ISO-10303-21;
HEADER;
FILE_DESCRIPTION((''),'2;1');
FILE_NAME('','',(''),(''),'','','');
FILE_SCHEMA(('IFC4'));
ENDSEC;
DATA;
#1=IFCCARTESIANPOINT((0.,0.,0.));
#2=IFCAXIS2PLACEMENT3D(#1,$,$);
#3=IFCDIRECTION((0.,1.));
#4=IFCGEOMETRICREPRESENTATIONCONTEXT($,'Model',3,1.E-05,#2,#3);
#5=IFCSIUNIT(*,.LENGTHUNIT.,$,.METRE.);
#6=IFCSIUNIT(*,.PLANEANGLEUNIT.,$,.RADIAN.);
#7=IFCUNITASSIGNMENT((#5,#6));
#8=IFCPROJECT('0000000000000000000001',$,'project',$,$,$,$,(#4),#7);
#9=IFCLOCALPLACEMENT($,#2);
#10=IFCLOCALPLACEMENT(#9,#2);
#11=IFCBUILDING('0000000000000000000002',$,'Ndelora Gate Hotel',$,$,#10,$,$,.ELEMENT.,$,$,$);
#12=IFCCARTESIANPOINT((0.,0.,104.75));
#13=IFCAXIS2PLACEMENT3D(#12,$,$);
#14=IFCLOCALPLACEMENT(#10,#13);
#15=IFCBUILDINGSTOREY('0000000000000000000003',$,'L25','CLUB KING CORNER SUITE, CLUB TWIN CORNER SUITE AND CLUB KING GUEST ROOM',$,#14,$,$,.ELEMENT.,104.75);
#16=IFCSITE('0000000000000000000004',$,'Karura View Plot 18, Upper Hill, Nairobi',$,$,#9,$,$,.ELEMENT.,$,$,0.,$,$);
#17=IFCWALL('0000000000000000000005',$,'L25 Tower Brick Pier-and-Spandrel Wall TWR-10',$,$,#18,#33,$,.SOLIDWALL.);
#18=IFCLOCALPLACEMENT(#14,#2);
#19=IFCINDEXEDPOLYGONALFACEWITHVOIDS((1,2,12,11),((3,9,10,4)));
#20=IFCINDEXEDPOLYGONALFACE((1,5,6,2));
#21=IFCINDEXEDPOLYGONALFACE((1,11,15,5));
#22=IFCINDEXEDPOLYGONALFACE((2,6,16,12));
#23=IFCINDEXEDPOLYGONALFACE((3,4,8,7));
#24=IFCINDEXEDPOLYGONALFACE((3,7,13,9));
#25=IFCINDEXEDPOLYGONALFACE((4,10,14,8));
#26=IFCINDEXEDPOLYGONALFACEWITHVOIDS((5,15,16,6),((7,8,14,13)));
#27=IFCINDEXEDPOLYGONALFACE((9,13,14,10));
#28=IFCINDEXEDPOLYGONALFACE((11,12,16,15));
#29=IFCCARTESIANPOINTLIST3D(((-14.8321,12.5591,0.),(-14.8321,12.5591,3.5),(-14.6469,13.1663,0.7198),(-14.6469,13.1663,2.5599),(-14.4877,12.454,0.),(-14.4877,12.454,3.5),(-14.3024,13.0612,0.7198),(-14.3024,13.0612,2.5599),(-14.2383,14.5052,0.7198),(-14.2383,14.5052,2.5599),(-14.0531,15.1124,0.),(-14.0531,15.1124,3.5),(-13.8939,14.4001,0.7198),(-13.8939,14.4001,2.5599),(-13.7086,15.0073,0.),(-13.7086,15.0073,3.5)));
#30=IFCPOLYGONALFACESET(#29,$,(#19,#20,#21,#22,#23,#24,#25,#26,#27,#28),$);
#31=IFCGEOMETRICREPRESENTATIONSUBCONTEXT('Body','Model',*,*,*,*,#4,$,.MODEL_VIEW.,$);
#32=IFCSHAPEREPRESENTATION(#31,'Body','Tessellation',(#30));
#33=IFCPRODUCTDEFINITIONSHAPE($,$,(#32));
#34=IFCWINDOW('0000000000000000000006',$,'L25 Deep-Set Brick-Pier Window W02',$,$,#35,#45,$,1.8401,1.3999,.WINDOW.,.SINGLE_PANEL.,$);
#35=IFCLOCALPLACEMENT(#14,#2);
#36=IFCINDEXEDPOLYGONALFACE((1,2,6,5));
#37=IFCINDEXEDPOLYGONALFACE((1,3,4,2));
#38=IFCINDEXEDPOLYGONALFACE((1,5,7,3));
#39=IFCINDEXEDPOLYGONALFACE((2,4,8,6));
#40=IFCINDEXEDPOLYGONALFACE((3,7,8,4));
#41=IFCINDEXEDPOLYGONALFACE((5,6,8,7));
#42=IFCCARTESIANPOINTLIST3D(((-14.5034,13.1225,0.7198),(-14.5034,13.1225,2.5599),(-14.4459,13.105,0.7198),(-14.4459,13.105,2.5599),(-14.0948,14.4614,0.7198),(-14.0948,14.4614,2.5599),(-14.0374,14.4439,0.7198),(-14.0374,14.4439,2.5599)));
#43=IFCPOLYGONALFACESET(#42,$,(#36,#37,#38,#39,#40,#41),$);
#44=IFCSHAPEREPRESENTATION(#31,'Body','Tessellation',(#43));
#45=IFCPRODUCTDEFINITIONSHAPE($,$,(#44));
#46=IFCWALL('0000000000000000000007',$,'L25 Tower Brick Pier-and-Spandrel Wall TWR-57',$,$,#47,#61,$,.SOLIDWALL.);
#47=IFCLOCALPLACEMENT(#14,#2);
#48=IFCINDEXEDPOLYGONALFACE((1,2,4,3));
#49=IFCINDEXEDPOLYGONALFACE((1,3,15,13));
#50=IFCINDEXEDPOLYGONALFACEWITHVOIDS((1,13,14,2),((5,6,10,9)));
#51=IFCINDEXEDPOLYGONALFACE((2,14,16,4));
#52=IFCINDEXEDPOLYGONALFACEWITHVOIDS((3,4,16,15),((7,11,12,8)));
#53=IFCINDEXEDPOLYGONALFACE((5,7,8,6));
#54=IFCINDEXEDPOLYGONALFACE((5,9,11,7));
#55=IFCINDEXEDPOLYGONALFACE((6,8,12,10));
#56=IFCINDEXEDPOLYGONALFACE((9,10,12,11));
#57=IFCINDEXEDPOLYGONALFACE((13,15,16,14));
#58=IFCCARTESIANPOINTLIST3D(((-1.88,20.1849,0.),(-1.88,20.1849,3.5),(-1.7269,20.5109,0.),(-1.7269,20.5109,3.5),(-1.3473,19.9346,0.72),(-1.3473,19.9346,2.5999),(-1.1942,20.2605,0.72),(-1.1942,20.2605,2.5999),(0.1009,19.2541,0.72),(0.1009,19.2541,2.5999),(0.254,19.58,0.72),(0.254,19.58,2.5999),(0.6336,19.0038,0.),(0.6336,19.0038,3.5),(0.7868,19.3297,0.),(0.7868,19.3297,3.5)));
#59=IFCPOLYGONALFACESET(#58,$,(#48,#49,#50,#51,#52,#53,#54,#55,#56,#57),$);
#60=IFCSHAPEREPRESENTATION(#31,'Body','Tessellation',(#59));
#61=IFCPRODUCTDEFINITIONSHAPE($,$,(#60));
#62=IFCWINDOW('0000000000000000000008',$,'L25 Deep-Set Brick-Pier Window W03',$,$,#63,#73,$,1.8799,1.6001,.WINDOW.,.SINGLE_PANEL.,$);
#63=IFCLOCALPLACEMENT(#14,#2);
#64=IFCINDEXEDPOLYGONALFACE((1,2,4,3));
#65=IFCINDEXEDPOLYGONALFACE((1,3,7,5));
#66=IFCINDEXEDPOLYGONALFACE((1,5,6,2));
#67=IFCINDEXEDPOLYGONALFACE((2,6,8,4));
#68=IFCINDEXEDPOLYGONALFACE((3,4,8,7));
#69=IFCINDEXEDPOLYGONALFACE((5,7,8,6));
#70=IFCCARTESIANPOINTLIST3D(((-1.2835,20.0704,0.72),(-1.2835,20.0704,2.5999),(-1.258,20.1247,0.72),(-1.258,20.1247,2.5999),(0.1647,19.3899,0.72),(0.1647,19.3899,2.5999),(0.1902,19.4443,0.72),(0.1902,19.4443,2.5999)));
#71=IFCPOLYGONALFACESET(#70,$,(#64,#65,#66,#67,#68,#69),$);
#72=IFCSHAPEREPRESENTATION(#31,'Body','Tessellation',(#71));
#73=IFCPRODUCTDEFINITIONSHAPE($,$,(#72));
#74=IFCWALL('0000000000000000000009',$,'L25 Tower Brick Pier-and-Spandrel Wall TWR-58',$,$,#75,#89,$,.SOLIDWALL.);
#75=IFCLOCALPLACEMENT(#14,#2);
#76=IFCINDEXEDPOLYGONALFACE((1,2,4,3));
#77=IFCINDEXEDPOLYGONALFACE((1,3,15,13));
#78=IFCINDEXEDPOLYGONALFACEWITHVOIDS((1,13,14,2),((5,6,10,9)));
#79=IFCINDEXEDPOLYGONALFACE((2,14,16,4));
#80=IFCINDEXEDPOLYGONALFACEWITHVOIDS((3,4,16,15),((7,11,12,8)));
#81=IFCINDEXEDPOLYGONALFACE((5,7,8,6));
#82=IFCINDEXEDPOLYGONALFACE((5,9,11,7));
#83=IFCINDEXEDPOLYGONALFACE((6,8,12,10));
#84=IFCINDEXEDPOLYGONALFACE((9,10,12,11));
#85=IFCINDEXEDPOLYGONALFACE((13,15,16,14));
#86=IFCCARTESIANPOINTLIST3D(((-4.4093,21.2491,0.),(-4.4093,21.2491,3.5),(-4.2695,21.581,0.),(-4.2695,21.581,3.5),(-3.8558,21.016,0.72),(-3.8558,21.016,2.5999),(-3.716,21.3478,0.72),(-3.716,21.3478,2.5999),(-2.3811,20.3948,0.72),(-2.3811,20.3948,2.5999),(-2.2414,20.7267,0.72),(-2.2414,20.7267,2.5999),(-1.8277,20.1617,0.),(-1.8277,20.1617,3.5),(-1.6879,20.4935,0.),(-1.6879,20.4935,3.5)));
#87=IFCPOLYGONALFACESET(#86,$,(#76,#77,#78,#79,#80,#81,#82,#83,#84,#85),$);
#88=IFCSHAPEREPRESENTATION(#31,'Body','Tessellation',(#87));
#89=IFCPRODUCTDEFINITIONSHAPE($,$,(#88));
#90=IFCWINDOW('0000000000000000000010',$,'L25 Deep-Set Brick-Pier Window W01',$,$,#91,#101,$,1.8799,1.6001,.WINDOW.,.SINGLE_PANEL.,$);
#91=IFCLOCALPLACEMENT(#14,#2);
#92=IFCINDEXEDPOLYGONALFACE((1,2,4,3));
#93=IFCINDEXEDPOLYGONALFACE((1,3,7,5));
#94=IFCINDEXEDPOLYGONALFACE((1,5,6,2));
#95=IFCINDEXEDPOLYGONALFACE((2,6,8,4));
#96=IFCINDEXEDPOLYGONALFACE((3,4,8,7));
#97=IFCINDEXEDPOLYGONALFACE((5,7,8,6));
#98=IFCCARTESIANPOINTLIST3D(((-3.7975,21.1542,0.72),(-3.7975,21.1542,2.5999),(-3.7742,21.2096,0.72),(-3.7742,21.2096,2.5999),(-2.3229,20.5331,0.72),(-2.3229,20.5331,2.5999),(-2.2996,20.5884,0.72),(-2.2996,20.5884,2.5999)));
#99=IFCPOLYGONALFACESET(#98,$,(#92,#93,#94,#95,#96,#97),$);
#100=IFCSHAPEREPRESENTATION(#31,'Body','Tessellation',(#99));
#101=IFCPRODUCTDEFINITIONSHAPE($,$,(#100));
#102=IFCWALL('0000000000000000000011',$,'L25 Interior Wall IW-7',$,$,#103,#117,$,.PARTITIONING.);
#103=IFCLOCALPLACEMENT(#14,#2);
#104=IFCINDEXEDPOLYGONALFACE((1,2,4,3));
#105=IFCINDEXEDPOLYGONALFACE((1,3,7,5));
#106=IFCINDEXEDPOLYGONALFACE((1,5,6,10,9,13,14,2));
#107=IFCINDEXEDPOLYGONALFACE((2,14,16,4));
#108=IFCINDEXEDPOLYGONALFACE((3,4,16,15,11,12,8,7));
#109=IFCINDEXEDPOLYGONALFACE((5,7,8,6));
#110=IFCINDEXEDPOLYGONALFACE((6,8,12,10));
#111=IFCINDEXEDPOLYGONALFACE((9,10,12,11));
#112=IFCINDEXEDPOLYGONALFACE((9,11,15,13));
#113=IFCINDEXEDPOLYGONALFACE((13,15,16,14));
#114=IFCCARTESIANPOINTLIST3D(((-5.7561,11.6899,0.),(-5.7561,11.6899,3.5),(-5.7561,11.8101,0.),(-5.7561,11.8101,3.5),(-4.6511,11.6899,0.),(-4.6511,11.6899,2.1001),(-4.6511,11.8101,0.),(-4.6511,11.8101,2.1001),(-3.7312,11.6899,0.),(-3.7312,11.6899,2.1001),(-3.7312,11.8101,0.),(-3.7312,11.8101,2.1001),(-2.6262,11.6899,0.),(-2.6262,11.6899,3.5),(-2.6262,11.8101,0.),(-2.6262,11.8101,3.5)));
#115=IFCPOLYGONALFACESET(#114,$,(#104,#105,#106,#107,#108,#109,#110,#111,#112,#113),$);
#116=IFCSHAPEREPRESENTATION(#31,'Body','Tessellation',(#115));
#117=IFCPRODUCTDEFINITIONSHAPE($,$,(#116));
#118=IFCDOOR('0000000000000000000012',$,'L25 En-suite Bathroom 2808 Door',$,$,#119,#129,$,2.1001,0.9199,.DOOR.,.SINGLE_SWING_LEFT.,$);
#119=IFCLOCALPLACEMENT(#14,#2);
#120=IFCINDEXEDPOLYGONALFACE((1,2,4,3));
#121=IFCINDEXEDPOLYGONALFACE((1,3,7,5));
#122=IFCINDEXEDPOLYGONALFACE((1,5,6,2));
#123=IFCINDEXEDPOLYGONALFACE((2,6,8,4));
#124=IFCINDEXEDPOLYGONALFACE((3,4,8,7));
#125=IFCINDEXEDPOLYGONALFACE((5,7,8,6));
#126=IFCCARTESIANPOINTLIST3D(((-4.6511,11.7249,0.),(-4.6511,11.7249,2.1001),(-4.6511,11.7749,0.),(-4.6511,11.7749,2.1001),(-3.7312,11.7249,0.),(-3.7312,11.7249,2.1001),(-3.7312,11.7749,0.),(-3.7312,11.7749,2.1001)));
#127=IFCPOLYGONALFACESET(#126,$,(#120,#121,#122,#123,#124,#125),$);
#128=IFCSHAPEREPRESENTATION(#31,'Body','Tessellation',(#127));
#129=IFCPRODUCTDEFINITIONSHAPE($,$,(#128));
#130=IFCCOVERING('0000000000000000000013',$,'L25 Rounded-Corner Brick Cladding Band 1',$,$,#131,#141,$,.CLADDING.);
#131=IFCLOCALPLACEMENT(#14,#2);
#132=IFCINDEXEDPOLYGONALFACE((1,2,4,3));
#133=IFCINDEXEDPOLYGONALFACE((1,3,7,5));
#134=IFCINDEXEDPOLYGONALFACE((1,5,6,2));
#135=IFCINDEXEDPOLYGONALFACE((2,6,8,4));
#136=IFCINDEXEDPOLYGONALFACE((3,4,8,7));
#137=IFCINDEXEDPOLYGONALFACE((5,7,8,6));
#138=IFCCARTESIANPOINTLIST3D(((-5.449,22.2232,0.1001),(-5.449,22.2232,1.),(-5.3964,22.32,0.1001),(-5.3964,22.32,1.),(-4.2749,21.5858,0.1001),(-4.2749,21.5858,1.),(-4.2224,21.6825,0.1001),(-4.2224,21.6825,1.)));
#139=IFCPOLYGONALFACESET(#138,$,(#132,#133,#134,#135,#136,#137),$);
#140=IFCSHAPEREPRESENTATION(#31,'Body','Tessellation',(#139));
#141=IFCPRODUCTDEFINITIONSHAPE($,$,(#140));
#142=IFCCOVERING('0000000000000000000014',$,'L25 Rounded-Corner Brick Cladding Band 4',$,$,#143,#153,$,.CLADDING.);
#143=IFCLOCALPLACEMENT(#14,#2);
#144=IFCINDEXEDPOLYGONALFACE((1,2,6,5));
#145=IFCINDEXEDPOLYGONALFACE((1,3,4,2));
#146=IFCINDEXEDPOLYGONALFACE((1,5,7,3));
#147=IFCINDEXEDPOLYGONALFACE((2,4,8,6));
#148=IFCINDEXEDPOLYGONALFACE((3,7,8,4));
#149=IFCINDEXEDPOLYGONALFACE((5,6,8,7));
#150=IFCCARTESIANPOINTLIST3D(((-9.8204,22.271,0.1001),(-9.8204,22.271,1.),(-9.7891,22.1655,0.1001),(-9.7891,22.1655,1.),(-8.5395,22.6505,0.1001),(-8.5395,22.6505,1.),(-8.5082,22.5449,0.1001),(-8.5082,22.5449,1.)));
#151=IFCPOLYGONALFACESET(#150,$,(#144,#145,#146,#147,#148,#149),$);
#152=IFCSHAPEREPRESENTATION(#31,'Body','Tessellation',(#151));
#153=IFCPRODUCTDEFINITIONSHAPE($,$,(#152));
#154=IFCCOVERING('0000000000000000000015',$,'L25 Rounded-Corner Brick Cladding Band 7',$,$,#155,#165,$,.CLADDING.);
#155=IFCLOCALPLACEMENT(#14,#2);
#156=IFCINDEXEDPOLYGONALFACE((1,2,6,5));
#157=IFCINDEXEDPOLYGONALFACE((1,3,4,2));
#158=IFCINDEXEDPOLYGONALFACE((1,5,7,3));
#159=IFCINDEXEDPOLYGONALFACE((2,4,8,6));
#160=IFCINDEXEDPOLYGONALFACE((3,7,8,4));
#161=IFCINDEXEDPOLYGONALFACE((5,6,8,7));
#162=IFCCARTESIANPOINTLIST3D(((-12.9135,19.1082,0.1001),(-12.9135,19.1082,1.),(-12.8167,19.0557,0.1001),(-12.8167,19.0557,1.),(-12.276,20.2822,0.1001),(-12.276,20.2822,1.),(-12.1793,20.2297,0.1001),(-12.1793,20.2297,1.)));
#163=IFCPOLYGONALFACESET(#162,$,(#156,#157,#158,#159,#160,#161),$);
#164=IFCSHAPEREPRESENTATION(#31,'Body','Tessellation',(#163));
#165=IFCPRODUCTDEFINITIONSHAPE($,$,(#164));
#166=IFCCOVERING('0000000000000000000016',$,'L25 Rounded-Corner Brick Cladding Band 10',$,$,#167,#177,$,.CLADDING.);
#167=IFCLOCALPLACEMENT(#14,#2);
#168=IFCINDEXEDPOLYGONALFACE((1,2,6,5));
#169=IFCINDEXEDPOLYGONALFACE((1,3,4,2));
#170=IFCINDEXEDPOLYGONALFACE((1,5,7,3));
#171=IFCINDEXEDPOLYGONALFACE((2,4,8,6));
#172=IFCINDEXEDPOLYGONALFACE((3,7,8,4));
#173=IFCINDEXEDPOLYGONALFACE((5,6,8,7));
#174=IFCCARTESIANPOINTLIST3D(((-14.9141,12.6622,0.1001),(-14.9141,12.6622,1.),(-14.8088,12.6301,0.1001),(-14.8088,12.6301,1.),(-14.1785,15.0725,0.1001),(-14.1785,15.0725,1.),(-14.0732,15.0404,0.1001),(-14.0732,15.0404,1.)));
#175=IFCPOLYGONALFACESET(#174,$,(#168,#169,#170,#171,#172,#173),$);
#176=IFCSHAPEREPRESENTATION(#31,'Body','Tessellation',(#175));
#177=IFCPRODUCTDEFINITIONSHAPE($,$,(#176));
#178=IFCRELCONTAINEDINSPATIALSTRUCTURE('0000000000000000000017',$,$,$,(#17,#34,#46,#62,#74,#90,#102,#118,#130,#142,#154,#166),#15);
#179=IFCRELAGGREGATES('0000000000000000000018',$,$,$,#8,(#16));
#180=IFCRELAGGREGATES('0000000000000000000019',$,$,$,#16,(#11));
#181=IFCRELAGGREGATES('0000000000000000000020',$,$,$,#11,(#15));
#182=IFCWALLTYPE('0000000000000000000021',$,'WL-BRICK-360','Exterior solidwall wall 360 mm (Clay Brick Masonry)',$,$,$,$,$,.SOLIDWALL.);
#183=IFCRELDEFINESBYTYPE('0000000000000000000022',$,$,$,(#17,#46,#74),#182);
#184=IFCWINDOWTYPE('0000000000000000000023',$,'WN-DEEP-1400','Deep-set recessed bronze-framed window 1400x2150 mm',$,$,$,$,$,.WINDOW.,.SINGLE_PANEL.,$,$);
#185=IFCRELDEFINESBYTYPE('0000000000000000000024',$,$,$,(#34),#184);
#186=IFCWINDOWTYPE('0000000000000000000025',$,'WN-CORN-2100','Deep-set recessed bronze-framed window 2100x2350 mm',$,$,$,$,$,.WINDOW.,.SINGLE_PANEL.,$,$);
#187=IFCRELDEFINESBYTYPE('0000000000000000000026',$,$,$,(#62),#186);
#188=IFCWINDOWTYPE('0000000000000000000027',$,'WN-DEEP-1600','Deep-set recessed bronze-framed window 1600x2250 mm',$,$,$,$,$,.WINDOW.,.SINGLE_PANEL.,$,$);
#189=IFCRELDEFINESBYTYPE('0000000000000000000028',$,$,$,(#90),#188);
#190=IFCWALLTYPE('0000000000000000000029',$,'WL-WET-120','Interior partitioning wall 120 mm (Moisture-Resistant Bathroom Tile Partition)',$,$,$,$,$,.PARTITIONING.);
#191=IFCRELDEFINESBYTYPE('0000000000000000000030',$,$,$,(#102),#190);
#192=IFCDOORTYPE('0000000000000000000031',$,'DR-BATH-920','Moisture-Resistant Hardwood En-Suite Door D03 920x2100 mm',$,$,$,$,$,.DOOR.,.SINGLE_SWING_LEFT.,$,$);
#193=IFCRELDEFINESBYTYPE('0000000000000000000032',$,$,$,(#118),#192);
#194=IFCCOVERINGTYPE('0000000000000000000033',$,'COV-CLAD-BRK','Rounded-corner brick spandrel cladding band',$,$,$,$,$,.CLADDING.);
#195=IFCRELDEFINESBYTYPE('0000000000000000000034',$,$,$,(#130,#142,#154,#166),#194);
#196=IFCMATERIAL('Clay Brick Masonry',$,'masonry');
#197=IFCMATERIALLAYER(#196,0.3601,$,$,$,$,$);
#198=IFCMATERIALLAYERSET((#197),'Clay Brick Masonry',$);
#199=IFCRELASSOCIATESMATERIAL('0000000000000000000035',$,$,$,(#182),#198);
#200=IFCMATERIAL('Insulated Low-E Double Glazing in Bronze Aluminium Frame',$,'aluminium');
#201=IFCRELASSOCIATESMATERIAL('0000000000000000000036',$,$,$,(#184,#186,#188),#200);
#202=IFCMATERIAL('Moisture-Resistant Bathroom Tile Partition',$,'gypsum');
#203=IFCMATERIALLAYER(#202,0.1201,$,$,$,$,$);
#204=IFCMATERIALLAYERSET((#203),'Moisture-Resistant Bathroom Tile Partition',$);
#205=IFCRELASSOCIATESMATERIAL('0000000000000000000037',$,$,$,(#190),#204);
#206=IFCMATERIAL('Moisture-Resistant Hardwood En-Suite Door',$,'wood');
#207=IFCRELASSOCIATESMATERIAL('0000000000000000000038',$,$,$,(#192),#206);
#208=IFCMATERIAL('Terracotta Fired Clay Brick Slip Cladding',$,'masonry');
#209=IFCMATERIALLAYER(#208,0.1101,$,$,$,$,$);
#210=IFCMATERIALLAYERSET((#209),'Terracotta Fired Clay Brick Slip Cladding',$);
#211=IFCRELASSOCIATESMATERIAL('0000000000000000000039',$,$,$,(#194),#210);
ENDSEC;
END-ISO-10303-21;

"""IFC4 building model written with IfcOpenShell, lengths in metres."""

from ifc_helpers import new_model, si_unit, direction, frame, frame_2d, origin, origin_2d, place, context, subcontext, project, spatial, rectangle, extrude, material, layer, layer_set, type_object, element, fill, save


model = new_model("IFC4")

# Units and contexts
model_context = context("Model", 3, precision=1e-05, world=origin(), true_north=direction((0.0, 1.0)))
body_context = subcontext(model_context, "Body", "Model", "MODEL_VIEW")
ifc_project = project(units=[si_unit("LENGTHUNIT", "METRE"), si_unit("PLANEANGLEUNIT", "RADIAN")], contexts=[model_context])

# Site, building, storey
site_placement = place(None, origin())
site = spatial("IfcSite", under=ifc_project, at=site_placement, Name="Karura View Plot 18, Upper Hill, Nairobi", CompositionType="ELEMENT", RefElevation=0.0)
building_placement = place(site_placement, origin())
building = spatial("IfcBuilding", under=site, at=building_placement, Name="Ndelora Gate Hotel", CompositionType="ELEMENT")
storey_placement = place(building_placement, frame((0.0, 0.0, 104.75)))
storey = spatial("IfcBuildingStorey", under=building, at=storey_placement, Name="L25", Description="CLUB KING CORNER SUITE, CLUB TWIN CORNER SUITE AND CLUB KING GUEST ROOM", CompositionType="ELEMENT", Elevation=104.75)

# Shared definitions
ifc_material_1 = material(Name="Clay Brick Masonry", Category="masonry")
ifc_layer_1 = layer(ifc_material_1, 0.3601)
ifc_layer_set_1 = layer_set([ifc_layer_1], Name="Clay Brick Masonry")
wall_type_1 = type_object("IfcWallType", Name="WL-BRICK-360", Description="Exterior solidwall wall 360 mm (Clay Brick Masonry)", PredefinedType="SOLIDWALL", material=ifc_layer_set_1)

# Walls, openings, windows
ifc_material_2 = material(Name="Insulated Low-E Double Glazing in Bronze Aluminium Frame", Category="aluminium")
window_type_1 = type_object("IfcWindowType", Name="WN-DEEP-1400", Description="Deep-set recessed bronze-framed window 1400x2150 mm", PartitioningType="SINGLE_PANEL", PredefinedType="WINDOW", material=ifc_material_2)
wall_1_placement = place(storey_placement, frame((-14.6599, 12.5066, 0.0), z_axis=(0.0, 0.0, 1.0), x_axis=(0.291842, 0.956467, 0.0)))
wall_1 = element("IfcWall", 1, at=wall_1_placement, inside=storey, type_object=wall_type_1, Name="L25 Tower Brick Pier-and-Spandrel Wall TWR-10", PredefinedType="SOLIDWALL", context=body_context, shape_type="SweptSolid", body=[
    extrude(rectangle(XDim=2.6694, YDim=0.3601, at=frame_2d((1.3347, 0.0))), origin(), (0.0, 0.0, 1.0), 3.5),
])
opening_1_placement = place(wall_1_placement, frame((0.6348, 0.0, 0.72)))
opening_1 = element("IfcOpeningElement", 2, at=opening_1_placement, cuts=wall_1, PredefinedType="OPENING", context=body_context, shape_type="SweptSolid", body=[
    extrude(rectangle(XDim=1.3999, YDim=1.8401, at=frame_2d((0.7, 0.9199))), frame((0.0, 0.1899, 0.0), z_axis=(0.0, -1.0, 0.0), x_axis=(1.0, 0.0, 0.0)), (0.0, 0.0, 1.0), 0.3801),
])
window_1_placement = place(opening_1_placement, origin())
window_1 = element("IfcWindow", 3, at=window_1_placement, inside=storey, type_object=window_type_1, Name="L25 Deep-Set Brick-Pier Window W02", OverallHeight=1.8401, OverallWidth=1.3999, PartitioningType="SINGLE_PANEL", PredefinedType="WINDOW", context=body_context, shape_type="SweptSolid", body=[
    extrude(rectangle(XDim=1.3999, YDim=1.8401, at=frame_2d((0.7, 0.9199))), frame((0.0, 0.03, 0.0), z_axis=(0.0, -1.0, 0.0), x_axis=(1.0, 0.0, 0.0)), (0.0, 0.0, 1.0), 0.0601),
])
fill(opening_1, window_1)
wall_2_placement = place(storey_placement, frame((-1.8035, 20.3479, 0.0), z_axis=(0.0, 0.0, 1.0), x_axis=(0.905062, -0.42528, 0.0)))
wall_2 = element("IfcWall", 4, at=wall_2_placement, inside=storey, type_object=wall_type_1, Name="L25 Tower Brick Pier-and-Spandrel Wall TWR-57", PredefinedType="SOLIDWALL", context=body_context, shape_type="SweptSolid", body=[
    extrude(rectangle(XDim=2.7773, YDim=0.3601, at=frame_2d((1.3887, 0.0))), origin(), (0.0, 0.0, 1.0), 3.5),
])
opening_2_placement = place(wall_2_placement, frame((0.5886, 0.0, 0.72)))
opening_2 = element("IfcOpeningElement", 5, at=opening_2_placement, cuts=wall_2, PredefinedType="OPENING", context=body_context, shape_type="SweptSolid", body=[
    extrude(rectangle(XDim=1.6001, YDim=1.8799, at=frame_2d((0.8, 0.9399))), frame((0.0, 0.1899, 0.0), z_axis=(0.0, -1.0, 0.0), x_axis=(1.0, 0.0, 0.0)), (0.0, 0.0, 1.0), 0.3801),
])
window_type_2 = type_object("IfcWindowType", Name="WN-CORN-2100", Description="Deep-set recessed bronze-framed window 2100x2350 mm", PartitioningType="SINGLE_PANEL", PredefinedType="WINDOW", material=ifc_material_2)
window_2_placement = place(opening_2_placement, origin())
window_2 = element("IfcWindow", 6, at=window_2_placement, inside=storey, type_object=window_type_2, Name="L25 Deep-Set Brick-Pier Window W03", OverallHeight=1.8799, OverallWidth=1.6001, PartitioningType="SINGLE_PANEL", PredefinedType="WINDOW", context=body_context, shape_type="SweptSolid", body=[
    extrude(rectangle(XDim=1.6001, YDim=1.8799, at=frame_2d((0.8, 0.9399))), frame((0.0, 0.03, 0.0), z_axis=(0.0, -1.0, 0.0), x_axis=(1.0, 0.0, 0.0)), (0.0, 0.0, 1.0), 0.0601),
])
fill(opening_2, window_2)
wall_3_placement = place(storey_placement, frame((-4.3394, 21.415, 0.0), z_axis=(0.0, 0.0, 1.0), x_axis=(0.92158, -0.388189, 0.0)))
wall_3 = element("IfcWall", 7, at=wall_3_placement, inside=storey, type_object=wall_type_1, Name="L25 Tower Brick Pier-and-Spandrel Wall TWR-58", PredefinedType="SOLIDWALL", context=body_context, shape_type="SweptSolid", body=[
    extrude(rectangle(XDim=2.8013, YDim=0.3601, at=frame_2d((1.4006, 0.0))), origin(), (0.0, 0.0, 1.0), 3.5),
])
opening_3_placement = place(wall_3_placement, frame((0.6006, 0.0, 0.72)))
opening_3 = element("IfcOpeningElement", 8, at=opening_3_placement, cuts=wall_3, PredefinedType="OPENING", context=body_context, shape_type="SweptSolid", body=[
    extrude(rectangle(XDim=1.6001, YDim=1.8799, at=frame_2d((0.8, 0.9399))), frame((0.0, 0.1899, 0.0), z_axis=(0.0, -1.0, 0.0), x_axis=(1.0, 0.0, 0.0)), (0.0, 0.0, 1.0), 0.3801),
])
window_type_3 = type_object("IfcWindowType", Name="WN-DEEP-1600", Description="Deep-set recessed bronze-framed window 1600x2250 mm", PartitioningType="SINGLE_PANEL", PredefinedType="WINDOW", material=ifc_material_2)
window_3_placement = place(opening_3_placement, origin())
window_3 = element("IfcWindow", 9, at=window_3_placement, inside=storey, type_object=window_type_3, Name="L25 Deep-Set Brick-Pier Window W01", OverallHeight=1.8799, OverallWidth=1.6001, PartitioningType="SINGLE_PANEL", PredefinedType="WINDOW", context=body_context, shape_type="SweptSolid", body=[
    extrude(rectangle(XDim=1.6001, YDim=1.8799, at=frame_2d((0.8, 0.9399))), frame((0.0, 0.03, 0.0), z_axis=(0.0, -1.0, 0.0), x_axis=(1.0, 0.0, 0.0)), (0.0, 0.0, 1.0), 0.0601),
])
fill(opening_3, window_3)

# Wall, opening, door
ifc_material_3 = material(Name="Moisture-Resistant Bathroom Tile Partition", Category="gypsum")
ifc_layer_2 = layer(ifc_material_3, 0.1201)
ifc_layer_set_2 = layer_set([ifc_layer_2], Name="Moisture-Resistant Bathroom Tile Partition")
wall_type_2 = type_object("IfcWallType", Name="WL-WET-120", Description="Interior partitioning wall 120 mm (Moisture-Resistant Bathroom Tile Partition)", PredefinedType="PARTITIONING", material=ifc_layer_set_2)
wall_4_placement = place(storey_placement, frame((-5.7561, 11.75, 0.0), z_axis=(0.0, 0.0, 1.0), x_axis=(1.0, 0.0, 0.0)))
wall_4 = element("IfcWall", 10, at=wall_4_placement, inside=storey, type_object=wall_type_2, Name="L25 Interior Wall IW-7", PredefinedType="PARTITIONING", context=body_context, shape_type="SweptSolid", body=[
    extrude(rectangle(XDim=3.1299, YDim=0.1201, at=frame_2d((1.5649, 0.0))), origin(), (0.0, 0.0, 1.0), 3.5),
])
opening_4_placement = place(wall_4_placement, frame((1.105, 0.0, 0.0)))
opening_4 = element("IfcOpeningElement", 11, at=opening_4_placement, cuts=wall_4, PredefinedType="OPENING", context=body_context, shape_type="SweptSolid", body=[
    extrude(rectangle(XDim=0.9199, YDim=2.1001, at=frame_2d((0.46, 1.05))), frame((0.0, 0.0701, 0.0), z_axis=(0.0, -1.0, 0.0), x_axis=(1.0, 0.0, 0.0)), (0.0, 0.0, 1.0), 0.1401),
])
ifc_material_4 = material(Name="Moisture-Resistant Hardwood En-Suite Door", Category="wood")
door_type = type_object("IfcDoorType", Name="DR-BATH-920", Description="Moisture-Resistant Hardwood En-Suite Door D03 920x2100 mm", OperationType="SINGLE_SWING_LEFT", PredefinedType="DOOR", material=ifc_material_4)
door_placement = place(opening_4_placement, origin())
door = element("IfcDoor", 12, at=door_placement, inside=storey, type_object=door_type, Name="L25 En-suite Bathroom 2808 Door", OperationType="SINGLE_SWING_LEFT", OverallHeight=2.1001, OverallWidth=0.9199, PredefinedType="DOOR", context=body_context, shape_type="SweptSolid", body=[
    extrude(rectangle(XDim=0.9199, YDim=2.1001, at=frame_2d((0.46, 1.05))), frame((0.0, 0.0249, 0.0), z_axis=(0.0, -1.0, 0.0), x_axis=(1.0, 0.0, 0.0)), (0.0, 0.0, 1.0), 0.05),
])
fill(opening_4, door)

# Coverings
ifc_material_5 = material(Name="Terracotta Fired Clay Brick Slip Cladding", Category="masonry")
ifc_layer_3 = layer(ifc_material_5, 0.1101)
ifc_layer_set_3 = layer_set([ifc_layer_3], Name="Terracotta Fired Clay Brick Slip Cladding")
covering_type_1 = type_object("IfcCoveringType", Name="COV-CLAD-BRK", Description="Rounded-corner brick spandrel cladding band", PredefinedType="CLADDING", material=ifc_layer_set_3)
for number, where, z_axis, x_axis, name in (
    (13, (-4.8357, 21.9529, 0.1001), (0.0, 0.0, 1.0), (-0.878817, 0.477159, 0.0), "L25 Rounded-Corner Brick Cladding Band 1"),
    (14, (-9.1643, 22.408, 0.1001), (0.0, 0.0, 1.0), (0.95882, 0.284015, 0.0), "L25 Rounded-Corner Brick Cladding Band 4"),
    (15, (-12.5464, 19.6689, 0.1001), (0.0, 0.0, 1.0), (0.477159, 0.878817, 0.0), "L25 Rounded-Corner Brick Cladding Band 7"),
):
    element("IfcCovering", number, at=place(storey_placement, frame(where, z_axis=z_axis, x_axis=x_axis)), inside=storey, type_object=covering_type_1, Name=name, PredefinedType="CLADDING", context=body_context, shape_type="SweptSolid", body=[
        extrude(rectangle(XDim=1.3359, YDim=0.1101, at=origin_2d()), origin(), (0.0, 0.0, 1.0), 0.8999),
    ])
covering_1_placement = place(storey_placement, frame((-14.4937, 13.8513, 0.1001), z_axis=(0.0, 0.0, 1.0), x_axis=(0.291871, 0.956458, 0.0)))
element("IfcCovering", 16, at=covering_1_placement, inside=storey, type_object=covering_type_1, Name="L25 Rounded-Corner Brick Cladding Band 10", PredefinedType="CLADDING", context=body_context, shape_type="SweptSolid", body=[
    extrude(rectangle(XDim=2.52, YDim=0.1101, at=origin_2d()), origin(), (0.0, 0.0, 1.0), 0.8999),
])

save(model, "model.ifc")
